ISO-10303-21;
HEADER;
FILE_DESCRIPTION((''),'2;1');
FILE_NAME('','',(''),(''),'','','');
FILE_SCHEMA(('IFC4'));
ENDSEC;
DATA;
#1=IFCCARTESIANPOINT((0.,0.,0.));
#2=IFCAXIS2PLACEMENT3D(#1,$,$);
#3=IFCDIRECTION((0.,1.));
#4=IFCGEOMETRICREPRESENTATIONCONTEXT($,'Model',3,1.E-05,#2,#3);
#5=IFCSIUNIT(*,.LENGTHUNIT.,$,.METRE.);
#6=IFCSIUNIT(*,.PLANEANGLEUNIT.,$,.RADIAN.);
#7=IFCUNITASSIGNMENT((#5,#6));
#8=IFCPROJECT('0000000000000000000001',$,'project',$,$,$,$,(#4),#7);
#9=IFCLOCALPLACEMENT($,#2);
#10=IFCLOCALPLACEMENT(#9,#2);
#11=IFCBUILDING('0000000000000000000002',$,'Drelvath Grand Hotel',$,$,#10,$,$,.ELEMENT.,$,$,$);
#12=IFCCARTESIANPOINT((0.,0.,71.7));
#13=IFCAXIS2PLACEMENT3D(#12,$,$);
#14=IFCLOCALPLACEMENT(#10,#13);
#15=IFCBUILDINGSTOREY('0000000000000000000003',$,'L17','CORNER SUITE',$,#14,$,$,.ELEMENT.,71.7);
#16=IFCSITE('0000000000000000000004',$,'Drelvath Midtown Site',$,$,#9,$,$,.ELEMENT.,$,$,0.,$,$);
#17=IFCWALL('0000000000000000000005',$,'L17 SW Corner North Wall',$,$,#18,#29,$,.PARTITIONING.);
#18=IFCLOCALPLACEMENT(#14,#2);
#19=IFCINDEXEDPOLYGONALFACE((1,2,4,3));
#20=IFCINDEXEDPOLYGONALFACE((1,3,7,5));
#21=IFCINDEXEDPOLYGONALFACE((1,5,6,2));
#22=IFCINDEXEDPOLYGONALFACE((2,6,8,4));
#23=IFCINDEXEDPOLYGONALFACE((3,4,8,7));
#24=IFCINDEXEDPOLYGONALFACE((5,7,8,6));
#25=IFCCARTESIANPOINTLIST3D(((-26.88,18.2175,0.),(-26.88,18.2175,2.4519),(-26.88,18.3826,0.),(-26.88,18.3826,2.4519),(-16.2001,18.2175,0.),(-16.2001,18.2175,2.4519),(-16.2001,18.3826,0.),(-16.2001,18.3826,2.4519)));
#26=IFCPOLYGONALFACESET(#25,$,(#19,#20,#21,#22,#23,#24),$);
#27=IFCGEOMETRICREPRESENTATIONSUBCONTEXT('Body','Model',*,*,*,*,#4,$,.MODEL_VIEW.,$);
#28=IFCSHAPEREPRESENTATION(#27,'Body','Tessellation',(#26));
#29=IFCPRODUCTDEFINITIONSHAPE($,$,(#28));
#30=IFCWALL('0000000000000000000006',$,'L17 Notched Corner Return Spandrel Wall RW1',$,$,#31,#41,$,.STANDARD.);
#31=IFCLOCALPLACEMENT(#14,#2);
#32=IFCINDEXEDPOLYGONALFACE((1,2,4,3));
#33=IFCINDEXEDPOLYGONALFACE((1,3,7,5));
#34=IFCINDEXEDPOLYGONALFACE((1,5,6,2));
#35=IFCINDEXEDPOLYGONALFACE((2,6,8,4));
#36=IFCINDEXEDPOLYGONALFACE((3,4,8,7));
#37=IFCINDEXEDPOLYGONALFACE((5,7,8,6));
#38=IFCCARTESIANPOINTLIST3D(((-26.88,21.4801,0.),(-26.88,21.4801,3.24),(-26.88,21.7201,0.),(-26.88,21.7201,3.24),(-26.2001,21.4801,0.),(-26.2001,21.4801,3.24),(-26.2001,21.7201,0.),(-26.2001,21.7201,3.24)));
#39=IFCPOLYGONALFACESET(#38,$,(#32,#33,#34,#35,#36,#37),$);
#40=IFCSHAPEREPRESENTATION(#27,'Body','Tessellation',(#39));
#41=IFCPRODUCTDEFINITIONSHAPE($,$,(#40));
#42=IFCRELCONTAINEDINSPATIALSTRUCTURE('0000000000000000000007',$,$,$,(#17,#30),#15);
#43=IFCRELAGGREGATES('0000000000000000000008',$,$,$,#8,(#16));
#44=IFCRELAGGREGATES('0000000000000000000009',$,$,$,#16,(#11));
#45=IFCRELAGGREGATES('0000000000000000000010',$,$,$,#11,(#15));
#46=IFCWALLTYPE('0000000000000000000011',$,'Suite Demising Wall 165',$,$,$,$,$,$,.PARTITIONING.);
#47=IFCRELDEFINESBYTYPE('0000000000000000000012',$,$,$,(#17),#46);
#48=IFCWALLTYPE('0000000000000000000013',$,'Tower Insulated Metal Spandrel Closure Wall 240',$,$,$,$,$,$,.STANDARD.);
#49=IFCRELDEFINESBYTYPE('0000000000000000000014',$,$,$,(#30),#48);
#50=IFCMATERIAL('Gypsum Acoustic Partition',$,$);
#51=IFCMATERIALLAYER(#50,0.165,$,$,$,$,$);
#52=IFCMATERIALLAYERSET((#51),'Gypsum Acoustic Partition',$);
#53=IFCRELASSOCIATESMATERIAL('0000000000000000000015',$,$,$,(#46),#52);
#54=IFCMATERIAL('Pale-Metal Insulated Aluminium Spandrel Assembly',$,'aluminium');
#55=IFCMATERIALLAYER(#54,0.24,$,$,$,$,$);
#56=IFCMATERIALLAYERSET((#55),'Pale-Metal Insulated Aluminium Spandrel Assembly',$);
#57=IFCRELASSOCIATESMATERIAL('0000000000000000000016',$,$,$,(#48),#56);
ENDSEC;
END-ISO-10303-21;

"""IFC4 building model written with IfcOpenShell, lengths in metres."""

from ifc_helpers import new_model, si_unit, direction, frame, frame_2d, origin, place, context, subcontext, project, spatial, rectangle, extrude, material, layer, layer_set, type_object, element, save


model = new_model("IFC4")

# Units and contexts
model_context = context("Model", 3, precision=1e-05, world=origin(), true_north=direction((0.0, 1.0)))
body_context = subcontext(model_context, "Body", "Model", "MODEL_VIEW")
ifc_project = project(units=[si_unit("LENGTHUNIT", "METRE"), si_unit("PLANEANGLEUNIT", "RADIAN")], contexts=[model_context])

# Site, building, storey
site_placement = place(None, origin())
site = spatial("IfcSite", under=ifc_project, at=site_placement, Name="Drelvath Midtown Site", CompositionType="ELEMENT", RefElevation=0.0)
building_placement = place(site_placement, origin())
building = spatial("IfcBuilding", under=site, at=building_placement, Name="Drelvath Grand Hotel", CompositionType="ELEMENT")
storey_placement = place(building_placement, frame((0.0, 0.0, 71.7)))
storey = spatial("IfcBuildingStorey", under=building, at=storey_placement, Name="L17", Description="CORNER SUITE", CompositionType="ELEMENT", Elevation=71.7)

# Walls
ifc_material_1 = material(Name="Gypsum Acoustic Partition")
ifc_layer_1 = layer(ifc_material_1, 0.165)
ifc_layer_set_1 = layer_set([ifc_layer_1], Name="Gypsum Acoustic Partition")
wall_type_1 = type_object("IfcWallType", Name="Suite Demising Wall 165", PredefinedType="PARTITIONING", material=ifc_layer_set_1)
wall_1_placement = place(storey_placement, frame((-26.8799, 18.3, 0.0), z_axis=(0.0, 0.0, 1.0), x_axis=(1.0, 0.0, 0.0)))
element("IfcWall", 1, at=wall_1_placement, inside=storey, type_object=wall_type_1, Name="L17 SW Corner North Wall", PredefinedType="PARTITIONING", context=body_context, shape_type="SweptSolid", body=[
    extrude(rectangle(XDim=10.6799, YDim=0.165, at=frame_2d((5.3398, 0.0))), origin(), (0.0, 0.0, 1.0), 2.4519),
])
ifc_material_2 = material(Name="Pale-Metal Insulated Aluminium Spandrel Assembly", Category="aluminium")
ifc_layer_2 = layer(ifc_material_2, 0.24)
ifc_layer_set_2 = layer_set([ifc_layer_2], Name="Pale-Metal Insulated Aluminium Spandrel Assembly")
wall_type_2 = type_object("IfcWallType", Name="Tower Insulated Metal Spandrel Closure Wall 240", PredefinedType="STANDARD", material=ifc_layer_set_2)
wall_2_placement = place(storey_placement, frame((-26.8799, 21.6001, 0.0), z_axis=(0.0, 0.0, 1.0), x_axis=(1.0, 0.0, 0.0)))
element("IfcWall", 2, at=wall_2_placement, inside=storey, type_object=wall_type_2, Name="L17 Notched Corner Return Spandrel Wall RW1", PredefinedType="STANDARD", context=body_context, shape_type="SweptSolid", body=[
    extrude(rectangle(XDim=0.6799, YDim=0.24, at=frame_2d((0.3398, 0.0))), origin(), (0.0, 0.0, 1.0), 3.24),
])

save(model, "model.ifc")
